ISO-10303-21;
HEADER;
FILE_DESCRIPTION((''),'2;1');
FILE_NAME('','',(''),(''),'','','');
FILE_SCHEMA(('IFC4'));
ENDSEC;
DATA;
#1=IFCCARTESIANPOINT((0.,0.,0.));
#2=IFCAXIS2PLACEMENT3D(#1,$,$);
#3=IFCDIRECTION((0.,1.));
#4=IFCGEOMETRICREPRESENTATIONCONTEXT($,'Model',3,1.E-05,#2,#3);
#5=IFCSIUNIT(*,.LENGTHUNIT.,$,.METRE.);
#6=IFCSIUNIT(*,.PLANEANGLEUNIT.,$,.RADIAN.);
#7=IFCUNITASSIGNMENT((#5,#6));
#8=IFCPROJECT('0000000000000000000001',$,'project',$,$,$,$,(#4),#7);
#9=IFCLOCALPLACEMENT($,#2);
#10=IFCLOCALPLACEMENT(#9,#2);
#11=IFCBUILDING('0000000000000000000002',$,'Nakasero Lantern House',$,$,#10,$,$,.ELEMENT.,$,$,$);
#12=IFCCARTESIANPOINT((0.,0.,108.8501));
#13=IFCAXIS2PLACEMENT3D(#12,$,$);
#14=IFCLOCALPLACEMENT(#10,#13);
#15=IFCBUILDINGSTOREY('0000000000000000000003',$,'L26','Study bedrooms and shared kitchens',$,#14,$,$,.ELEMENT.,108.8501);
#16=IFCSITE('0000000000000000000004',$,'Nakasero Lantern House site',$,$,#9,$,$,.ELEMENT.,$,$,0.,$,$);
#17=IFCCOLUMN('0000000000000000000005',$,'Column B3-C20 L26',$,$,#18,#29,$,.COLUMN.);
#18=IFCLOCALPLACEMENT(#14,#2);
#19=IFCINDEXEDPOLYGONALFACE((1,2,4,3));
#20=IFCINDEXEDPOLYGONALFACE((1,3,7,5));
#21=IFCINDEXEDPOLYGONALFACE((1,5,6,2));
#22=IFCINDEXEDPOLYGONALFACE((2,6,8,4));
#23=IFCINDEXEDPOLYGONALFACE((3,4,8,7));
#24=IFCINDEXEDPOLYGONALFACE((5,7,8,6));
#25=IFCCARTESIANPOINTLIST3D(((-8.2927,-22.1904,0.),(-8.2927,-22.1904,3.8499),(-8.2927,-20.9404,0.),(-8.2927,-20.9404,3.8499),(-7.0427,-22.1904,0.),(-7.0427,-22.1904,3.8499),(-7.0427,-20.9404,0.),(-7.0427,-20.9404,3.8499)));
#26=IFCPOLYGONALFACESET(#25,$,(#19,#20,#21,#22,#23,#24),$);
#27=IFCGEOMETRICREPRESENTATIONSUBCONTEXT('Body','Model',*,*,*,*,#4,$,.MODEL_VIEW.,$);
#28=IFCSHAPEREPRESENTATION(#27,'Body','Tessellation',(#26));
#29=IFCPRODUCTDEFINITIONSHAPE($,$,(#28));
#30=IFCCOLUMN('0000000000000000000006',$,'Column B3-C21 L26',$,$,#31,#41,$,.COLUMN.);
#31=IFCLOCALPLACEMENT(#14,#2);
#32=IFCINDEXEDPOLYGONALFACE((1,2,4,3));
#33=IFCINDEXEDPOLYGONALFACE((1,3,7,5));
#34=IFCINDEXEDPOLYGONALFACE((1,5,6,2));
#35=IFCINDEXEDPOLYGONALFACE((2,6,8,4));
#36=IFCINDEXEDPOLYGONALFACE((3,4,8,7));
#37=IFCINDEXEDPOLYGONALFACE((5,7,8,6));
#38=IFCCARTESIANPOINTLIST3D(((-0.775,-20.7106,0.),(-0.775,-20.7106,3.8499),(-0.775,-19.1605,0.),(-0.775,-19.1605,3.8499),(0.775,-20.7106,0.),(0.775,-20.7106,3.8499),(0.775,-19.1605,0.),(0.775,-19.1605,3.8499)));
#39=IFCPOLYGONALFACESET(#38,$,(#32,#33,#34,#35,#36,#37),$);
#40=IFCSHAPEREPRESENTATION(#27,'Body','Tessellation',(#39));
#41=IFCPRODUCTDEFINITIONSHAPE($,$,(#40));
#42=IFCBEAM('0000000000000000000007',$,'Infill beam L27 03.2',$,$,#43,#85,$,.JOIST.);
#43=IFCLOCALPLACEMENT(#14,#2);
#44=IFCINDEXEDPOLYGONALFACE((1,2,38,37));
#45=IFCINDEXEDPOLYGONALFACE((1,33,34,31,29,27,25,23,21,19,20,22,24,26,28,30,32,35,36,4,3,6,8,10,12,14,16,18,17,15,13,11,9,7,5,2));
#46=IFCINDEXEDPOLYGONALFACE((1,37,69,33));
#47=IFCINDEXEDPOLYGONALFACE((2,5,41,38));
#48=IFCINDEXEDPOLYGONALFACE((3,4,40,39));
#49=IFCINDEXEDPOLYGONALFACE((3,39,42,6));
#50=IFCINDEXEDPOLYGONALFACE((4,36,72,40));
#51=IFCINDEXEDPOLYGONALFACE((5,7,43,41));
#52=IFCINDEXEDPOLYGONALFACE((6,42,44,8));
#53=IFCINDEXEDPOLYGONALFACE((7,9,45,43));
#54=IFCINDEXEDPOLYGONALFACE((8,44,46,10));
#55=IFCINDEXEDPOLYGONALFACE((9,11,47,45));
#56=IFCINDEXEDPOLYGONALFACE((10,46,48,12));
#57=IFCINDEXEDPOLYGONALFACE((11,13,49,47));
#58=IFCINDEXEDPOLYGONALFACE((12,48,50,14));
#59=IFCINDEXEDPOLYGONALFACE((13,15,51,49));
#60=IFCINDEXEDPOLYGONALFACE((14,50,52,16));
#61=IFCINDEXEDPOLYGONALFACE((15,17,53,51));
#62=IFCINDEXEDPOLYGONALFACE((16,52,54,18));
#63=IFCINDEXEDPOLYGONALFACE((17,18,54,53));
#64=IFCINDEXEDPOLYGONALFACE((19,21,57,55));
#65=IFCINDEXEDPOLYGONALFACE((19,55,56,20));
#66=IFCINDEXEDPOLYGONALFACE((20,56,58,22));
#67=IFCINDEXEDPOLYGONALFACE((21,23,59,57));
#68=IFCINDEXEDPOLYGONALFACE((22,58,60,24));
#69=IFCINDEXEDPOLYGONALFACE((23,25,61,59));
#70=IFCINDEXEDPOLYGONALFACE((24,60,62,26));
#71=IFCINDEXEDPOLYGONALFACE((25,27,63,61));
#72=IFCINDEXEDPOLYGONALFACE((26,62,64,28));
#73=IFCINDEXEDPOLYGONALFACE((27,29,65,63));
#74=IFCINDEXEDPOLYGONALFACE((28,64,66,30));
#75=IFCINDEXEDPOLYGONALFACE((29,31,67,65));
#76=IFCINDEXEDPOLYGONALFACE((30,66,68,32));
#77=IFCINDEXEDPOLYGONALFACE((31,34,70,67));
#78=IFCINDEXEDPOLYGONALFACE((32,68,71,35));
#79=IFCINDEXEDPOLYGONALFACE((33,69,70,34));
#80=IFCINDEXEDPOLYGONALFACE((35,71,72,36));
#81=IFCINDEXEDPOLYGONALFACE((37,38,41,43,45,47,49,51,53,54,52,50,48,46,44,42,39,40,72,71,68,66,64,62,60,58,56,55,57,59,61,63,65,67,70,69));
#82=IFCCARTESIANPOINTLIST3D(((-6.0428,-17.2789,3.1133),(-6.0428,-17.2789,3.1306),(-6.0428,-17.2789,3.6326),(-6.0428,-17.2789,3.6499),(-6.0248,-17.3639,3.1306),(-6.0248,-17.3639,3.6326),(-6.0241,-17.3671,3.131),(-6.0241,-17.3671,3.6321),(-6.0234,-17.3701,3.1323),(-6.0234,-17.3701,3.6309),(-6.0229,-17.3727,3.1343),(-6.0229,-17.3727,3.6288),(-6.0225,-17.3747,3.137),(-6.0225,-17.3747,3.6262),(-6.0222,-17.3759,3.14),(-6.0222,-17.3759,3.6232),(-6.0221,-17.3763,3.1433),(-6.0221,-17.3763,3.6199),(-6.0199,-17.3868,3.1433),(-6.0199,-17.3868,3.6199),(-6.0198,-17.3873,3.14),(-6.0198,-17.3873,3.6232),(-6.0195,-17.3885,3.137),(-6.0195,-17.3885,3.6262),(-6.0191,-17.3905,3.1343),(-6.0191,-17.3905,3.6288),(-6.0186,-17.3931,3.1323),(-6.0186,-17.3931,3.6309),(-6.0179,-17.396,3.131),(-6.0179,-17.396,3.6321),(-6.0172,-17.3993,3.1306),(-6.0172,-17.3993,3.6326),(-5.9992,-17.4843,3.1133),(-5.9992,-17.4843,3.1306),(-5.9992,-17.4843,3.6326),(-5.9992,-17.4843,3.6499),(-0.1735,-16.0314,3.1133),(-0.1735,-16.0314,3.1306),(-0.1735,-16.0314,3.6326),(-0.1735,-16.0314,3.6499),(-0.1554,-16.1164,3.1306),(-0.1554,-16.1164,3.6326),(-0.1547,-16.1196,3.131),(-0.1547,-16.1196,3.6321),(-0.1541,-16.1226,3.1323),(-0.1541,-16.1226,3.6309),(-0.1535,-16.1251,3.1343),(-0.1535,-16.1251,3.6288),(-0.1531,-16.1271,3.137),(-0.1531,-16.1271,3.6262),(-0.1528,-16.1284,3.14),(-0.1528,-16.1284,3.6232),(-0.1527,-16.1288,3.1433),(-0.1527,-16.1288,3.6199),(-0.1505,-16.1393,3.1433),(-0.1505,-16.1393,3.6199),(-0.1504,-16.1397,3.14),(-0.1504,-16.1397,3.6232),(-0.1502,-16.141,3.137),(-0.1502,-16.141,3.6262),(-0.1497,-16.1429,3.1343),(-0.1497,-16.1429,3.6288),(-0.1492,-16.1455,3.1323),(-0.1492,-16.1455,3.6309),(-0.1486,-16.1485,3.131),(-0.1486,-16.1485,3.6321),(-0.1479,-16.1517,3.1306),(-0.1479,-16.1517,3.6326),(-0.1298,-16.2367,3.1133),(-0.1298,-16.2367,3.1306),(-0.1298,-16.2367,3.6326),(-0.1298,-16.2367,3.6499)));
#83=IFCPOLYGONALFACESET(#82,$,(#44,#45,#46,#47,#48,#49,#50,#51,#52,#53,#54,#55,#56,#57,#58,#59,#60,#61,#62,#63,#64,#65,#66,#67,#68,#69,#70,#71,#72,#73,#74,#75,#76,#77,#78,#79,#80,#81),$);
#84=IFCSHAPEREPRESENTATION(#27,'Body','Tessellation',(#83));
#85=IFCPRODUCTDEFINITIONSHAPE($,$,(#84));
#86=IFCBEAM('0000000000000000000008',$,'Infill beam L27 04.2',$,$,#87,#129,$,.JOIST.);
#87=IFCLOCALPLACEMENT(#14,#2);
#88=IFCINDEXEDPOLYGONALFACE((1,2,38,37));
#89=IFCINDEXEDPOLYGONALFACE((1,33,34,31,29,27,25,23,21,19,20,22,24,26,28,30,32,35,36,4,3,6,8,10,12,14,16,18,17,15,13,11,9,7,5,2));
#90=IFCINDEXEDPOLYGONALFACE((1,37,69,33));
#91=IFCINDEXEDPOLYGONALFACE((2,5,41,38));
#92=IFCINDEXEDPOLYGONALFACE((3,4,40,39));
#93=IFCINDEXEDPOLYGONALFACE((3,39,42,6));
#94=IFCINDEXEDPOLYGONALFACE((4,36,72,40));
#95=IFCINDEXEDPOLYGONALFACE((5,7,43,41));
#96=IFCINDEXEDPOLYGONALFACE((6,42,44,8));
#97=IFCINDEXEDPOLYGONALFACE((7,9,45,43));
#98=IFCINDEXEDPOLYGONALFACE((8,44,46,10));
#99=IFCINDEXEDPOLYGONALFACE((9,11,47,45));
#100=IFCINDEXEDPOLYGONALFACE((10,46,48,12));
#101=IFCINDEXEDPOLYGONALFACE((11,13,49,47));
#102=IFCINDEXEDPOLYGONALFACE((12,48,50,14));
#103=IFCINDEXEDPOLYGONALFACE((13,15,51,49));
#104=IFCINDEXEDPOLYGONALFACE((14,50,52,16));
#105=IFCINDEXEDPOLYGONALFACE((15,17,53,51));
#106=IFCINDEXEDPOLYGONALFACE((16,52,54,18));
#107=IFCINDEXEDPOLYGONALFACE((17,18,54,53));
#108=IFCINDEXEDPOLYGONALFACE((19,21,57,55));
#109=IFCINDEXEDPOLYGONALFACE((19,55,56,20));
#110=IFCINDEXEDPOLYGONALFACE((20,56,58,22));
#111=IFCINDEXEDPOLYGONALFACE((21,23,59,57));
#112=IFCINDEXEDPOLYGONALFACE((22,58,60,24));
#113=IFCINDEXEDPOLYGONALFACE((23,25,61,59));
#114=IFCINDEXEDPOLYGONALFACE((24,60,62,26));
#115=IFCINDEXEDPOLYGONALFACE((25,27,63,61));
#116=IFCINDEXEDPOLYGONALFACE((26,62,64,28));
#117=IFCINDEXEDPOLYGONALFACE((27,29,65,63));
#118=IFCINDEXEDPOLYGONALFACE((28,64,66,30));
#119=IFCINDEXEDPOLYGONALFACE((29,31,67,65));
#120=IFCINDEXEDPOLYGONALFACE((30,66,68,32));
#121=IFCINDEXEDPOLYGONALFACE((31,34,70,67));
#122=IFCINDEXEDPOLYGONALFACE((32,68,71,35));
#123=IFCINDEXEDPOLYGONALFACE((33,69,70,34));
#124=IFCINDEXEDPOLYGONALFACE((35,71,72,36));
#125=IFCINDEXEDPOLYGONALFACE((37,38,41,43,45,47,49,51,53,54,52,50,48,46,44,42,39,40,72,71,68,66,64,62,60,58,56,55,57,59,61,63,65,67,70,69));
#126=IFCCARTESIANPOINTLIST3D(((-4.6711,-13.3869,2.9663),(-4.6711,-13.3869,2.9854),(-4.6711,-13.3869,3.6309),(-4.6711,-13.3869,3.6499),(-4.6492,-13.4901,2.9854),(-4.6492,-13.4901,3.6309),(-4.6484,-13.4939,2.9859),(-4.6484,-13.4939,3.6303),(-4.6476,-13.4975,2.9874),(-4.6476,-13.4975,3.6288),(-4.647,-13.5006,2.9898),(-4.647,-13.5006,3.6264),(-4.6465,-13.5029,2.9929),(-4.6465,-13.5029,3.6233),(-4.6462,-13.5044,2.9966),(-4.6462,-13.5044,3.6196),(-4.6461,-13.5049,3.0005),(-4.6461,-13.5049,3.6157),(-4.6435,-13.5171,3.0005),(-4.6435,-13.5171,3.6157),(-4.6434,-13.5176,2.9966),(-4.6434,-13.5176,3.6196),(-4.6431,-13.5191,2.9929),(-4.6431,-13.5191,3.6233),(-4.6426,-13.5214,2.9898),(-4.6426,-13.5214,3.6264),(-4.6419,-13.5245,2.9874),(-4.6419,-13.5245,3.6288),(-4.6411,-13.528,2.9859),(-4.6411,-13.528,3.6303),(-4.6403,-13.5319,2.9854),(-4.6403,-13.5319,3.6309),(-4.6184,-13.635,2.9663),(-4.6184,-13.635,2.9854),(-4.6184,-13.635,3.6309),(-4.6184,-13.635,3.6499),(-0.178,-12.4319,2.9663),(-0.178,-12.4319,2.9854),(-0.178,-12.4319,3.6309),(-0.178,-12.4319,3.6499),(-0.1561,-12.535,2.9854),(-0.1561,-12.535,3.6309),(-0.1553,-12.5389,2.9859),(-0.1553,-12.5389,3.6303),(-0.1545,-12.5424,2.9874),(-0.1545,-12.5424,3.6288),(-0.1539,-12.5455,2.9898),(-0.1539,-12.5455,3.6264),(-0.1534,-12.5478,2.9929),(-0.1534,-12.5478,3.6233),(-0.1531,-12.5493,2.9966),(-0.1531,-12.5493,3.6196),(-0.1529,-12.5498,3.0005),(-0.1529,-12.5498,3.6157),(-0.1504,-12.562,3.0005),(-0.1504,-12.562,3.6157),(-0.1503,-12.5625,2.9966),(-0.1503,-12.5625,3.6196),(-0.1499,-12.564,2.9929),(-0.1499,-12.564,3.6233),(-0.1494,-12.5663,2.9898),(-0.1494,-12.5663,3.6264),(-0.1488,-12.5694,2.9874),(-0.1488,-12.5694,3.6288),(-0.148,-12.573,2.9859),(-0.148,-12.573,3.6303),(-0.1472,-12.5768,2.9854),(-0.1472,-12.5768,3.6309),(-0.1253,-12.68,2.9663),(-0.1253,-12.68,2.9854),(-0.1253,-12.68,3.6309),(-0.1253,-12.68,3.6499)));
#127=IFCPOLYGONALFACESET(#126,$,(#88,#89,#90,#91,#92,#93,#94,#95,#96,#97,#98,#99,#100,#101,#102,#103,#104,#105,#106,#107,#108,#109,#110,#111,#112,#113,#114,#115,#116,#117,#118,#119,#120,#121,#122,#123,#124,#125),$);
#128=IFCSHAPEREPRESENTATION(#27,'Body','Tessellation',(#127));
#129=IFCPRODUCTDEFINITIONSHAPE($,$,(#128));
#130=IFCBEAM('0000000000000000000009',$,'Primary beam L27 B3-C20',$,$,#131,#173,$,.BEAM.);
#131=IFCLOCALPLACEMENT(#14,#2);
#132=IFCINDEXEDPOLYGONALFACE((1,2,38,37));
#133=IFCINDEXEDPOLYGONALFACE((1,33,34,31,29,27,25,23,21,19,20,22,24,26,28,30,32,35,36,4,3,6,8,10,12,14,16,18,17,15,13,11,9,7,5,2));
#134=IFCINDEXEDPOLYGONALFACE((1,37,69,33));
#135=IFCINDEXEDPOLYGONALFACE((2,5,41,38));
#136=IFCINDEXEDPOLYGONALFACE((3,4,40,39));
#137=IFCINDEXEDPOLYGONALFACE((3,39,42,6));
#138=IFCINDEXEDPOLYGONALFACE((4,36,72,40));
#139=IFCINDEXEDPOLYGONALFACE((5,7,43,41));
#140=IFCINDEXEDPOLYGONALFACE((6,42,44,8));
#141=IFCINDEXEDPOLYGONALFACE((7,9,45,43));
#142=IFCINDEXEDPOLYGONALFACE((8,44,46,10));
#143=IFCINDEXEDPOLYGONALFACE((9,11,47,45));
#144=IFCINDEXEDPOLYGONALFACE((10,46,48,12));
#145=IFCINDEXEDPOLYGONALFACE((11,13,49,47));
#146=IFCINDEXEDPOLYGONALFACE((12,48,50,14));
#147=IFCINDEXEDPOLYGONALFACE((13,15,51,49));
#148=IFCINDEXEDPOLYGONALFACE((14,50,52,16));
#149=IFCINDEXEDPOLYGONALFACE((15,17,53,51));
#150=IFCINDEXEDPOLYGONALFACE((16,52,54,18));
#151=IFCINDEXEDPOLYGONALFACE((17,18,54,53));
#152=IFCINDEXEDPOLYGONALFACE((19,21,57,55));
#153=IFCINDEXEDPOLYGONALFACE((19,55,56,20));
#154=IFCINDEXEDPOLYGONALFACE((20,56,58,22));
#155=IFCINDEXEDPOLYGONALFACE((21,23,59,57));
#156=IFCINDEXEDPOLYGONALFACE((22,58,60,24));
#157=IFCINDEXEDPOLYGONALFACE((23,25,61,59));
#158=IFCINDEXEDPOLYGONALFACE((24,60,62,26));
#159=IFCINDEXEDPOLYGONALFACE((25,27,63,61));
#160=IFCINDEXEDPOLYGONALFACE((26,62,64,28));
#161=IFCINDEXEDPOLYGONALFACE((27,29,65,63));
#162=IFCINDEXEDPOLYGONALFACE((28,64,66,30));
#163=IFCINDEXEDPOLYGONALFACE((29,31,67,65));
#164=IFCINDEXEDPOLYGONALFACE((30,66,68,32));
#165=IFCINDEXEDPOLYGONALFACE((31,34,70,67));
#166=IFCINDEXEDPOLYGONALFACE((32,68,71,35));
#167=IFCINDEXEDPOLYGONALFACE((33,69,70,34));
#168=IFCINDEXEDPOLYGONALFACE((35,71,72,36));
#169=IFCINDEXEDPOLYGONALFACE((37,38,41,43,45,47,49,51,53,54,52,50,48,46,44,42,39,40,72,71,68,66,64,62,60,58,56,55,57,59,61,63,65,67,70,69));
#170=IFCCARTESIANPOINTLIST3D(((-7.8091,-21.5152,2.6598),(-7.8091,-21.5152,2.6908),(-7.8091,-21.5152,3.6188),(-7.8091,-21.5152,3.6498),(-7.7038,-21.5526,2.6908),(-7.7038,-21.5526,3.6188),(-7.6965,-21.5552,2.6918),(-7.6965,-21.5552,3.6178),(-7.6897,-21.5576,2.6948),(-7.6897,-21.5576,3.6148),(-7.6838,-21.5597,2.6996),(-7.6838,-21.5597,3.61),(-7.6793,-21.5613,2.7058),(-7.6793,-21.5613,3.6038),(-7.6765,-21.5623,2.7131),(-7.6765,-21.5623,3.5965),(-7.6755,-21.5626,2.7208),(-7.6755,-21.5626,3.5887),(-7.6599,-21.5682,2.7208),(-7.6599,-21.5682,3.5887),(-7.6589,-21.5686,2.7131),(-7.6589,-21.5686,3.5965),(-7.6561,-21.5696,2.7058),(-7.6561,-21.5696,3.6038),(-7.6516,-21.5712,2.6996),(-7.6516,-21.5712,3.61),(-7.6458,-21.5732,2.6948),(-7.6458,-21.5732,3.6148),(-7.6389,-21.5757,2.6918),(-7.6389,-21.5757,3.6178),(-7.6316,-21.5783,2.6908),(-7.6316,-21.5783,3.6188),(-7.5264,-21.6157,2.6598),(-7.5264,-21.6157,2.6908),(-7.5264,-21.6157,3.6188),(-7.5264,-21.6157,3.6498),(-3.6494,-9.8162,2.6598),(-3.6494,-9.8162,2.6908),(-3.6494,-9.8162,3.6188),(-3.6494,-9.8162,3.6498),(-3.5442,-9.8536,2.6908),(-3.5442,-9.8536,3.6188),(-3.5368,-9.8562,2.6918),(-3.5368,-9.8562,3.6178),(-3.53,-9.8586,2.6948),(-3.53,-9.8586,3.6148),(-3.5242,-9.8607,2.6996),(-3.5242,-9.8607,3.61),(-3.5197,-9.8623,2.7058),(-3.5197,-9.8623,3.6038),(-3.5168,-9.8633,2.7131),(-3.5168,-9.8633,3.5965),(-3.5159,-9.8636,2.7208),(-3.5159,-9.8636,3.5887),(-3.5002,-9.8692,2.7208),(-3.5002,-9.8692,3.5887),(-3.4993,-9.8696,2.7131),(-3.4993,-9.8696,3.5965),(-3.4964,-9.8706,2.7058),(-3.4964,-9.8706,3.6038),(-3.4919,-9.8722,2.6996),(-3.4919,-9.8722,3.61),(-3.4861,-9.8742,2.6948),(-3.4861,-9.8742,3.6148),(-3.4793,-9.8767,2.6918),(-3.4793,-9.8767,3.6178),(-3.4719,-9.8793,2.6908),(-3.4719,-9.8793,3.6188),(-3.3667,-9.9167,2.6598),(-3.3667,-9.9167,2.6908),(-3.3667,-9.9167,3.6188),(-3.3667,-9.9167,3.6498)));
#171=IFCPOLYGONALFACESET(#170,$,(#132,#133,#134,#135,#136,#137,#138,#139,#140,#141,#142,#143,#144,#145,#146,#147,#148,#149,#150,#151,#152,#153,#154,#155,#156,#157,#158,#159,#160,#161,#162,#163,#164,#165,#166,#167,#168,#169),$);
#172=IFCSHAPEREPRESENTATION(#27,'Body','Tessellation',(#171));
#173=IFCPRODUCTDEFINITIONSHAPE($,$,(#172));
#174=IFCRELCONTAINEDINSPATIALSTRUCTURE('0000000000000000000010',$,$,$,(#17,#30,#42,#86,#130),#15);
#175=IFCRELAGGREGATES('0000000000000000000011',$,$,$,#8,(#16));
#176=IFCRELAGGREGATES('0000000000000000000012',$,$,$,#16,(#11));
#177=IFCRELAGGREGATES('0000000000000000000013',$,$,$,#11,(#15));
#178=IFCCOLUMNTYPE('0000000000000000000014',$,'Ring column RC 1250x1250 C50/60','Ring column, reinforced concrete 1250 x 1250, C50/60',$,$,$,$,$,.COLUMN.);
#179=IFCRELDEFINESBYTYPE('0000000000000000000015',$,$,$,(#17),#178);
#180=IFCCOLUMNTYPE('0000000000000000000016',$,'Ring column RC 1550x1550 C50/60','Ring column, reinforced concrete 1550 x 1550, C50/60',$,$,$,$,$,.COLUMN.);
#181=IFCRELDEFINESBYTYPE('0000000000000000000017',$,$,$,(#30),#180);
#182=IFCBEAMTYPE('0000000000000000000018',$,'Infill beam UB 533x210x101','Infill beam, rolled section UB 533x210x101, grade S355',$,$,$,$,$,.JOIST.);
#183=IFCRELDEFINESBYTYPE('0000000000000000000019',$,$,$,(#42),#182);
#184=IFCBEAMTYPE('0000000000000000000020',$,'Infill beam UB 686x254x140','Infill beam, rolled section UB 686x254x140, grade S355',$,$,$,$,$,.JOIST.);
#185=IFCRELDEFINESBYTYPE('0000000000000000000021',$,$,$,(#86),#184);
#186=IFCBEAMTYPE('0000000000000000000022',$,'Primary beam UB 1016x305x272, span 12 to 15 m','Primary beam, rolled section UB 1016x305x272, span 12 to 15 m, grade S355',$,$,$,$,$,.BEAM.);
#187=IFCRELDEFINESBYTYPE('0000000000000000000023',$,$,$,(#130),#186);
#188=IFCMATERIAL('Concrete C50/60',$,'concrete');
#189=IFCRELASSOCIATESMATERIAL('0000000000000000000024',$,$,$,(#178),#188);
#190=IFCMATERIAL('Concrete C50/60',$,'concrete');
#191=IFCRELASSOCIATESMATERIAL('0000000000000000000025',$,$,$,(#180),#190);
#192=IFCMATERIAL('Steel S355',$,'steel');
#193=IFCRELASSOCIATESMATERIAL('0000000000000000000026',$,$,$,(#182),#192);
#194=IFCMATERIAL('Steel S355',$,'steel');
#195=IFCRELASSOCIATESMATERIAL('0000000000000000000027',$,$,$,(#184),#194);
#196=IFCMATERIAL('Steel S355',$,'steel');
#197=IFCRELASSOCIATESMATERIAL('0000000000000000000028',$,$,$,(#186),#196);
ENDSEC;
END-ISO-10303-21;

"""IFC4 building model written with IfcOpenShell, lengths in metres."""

from ifc_helpers import new_model, si_unit, direction, frame, origin, origin_2d, place, context, subcontext, project, spatial, rectangle, i_section, extrude, material, material_profile, profile_set, type_object, element, save


model = new_model("IFC4")

# Units and contexts
model_context = context("Model", 3, precision=1e-05, world=origin(), true_north=direction((0.0, 1.0)))
body_context = subcontext(model_context, "Body", "Model", "MODEL_VIEW")
ifc_project = project(units=[si_unit("LENGTHUNIT", "METRE"), si_unit("PLANEANGLEUNIT", "RADIAN")], contexts=[model_context])

# Site, building, storey
site_placement = place(None, origin())
site = spatial("IfcSite", under=ifc_project, at=site_placement, Name="Nakasero Lantern House site", CompositionType="ELEMENT", RefElevation=0.0)
building_placement = place(site_placement, origin())
building = spatial("IfcBuilding", under=site, at=building_placement, Name="Nakasero Lantern House", CompositionType="ELEMENT")
storey_placement = place(building_placement, frame((0.0, 0.0, 108.8501)))
storey = spatial("IfcBuildingStorey", under=building, at=storey_placement, Name="L26", Description="Study bedrooms and shared kitchens", CompositionType="ELEMENT", Elevation=108.8501)

# Columns
ifc_material_1 = material(Name="Concrete C50/60", Category="concrete")
ifc_material_profile_1 = material_profile(ifc_material_1, rectangle(XDim=1.25, YDim=1.25, at=origin_2d()), Name="RC 1250x1250")
ifc_profile_set_1 = profile_set([ifc_material_profile_1], Name="Concrete C50/60")
column_type_1 = type_object("IfcColumnType", Name="Ring column RC 1250x1250 C50/60", Description="Ring column, reinforced concrete 1250 x 1250, C50/60", PredefinedType="COLUMN", material=ifc_profile_set_1)
column_1_placement = place(storey_placement, frame((-7.6677, -21.5654, 0.0), z_axis=(0.0, 0.0, 1.0), x_axis=(1.0, 0.0, 0.0)))
element("IfcColumn", 1, at=column_1_placement, inside=storey, type_object=column_type_1, Name="Column B3-C20 L26", PredefinedType="COLUMN", context=body_context, shape_type="SweptSolid", body=[
    extrude(rectangle(XDim=1.25, YDim=1.25, at=origin_2d()), origin(), (0.0, 0.0, 1.0), 3.8499),
])
ifc_material_2 = material(Name="Concrete C50/60", Category="concrete")
ifc_material_profile_2 = material_profile(ifc_material_2, rectangle(XDim=1.55, YDim=1.55, at=origin_2d()), Name="RC 1550x1550")
ifc_profile_set_2 = profile_set([ifc_material_profile_2], Name="Concrete C50/60")
column_type_2 = type_object("IfcColumnType", Name="Ring column RC 1550x1550 C50/60", Description="Ring column, reinforced concrete 1550 x 1550, C50/60", PredefinedType="COLUMN", material=ifc_profile_set_2)
column_2_placement = place(storey_placement, frame((0.0, -19.9355, 0.0), z_axis=(0.0, 0.0, 1.0), x_axis=(1.0, 0.0, 0.0)))
element("IfcColumn", 2, at=column_2_placement, inside=storey, type_object=column_type_2, Name="Column B3-C21 L26", PredefinedType="COLUMN", context=body_context, shape_type="SweptSolid", body=[
    extrude(rectangle(XDim=1.55, YDim=1.55, at=origin_2d()), origin(), (0.0, 0.0, 1.0), 3.8499),
])

# Beams
ifc_material_3 = material(Name="Steel S355", Category="steel")
ifc_material_profile_3 = material_profile(ifc_material_3, i_section(OverallWidth=0.21, OverallDepth=0.5366, WebThickness=0.0107, FlangeThickness=0.0173, FilletRadius=0.0127, at=origin_2d()), Name="UB 533x210x101")
ifc_profile_set_3 = profile_set([ifc_material_profile_3], Name="Steel S355")
beam_type_1 = type_object("IfcBeamType", Name="Infill beam UB 533x210x101", Description="Infill beam, rolled section UB 533x210x101, grade S355", PredefinedType="JOIST", material=ifc_profile_set_3)
beam_1_placement = place(storey_placement, frame((-6.021, -17.3816, 3.3816), z_axis=(0.978148, 0.207909, 0.0), x_axis=(-0.207909, 0.978148, 0.0)))
element("IfcBeam", 3, at=beam_1_placement, inside=storey, type_object=beam_type_1, Name="Infill beam L27 03.2", PredefinedType="JOIST", context=body_context, shape_type="SweptSolid", body=[
    extrude(i_section(OverallWidth=0.21, OverallDepth=0.5366, WebThickness=0.0107, FlangeThickness=0.0173, FilletRadius=0.0127, at=origin_2d()), origin(), (0.0, 0.0, 1.0), 6.0005),
])
ifc_material_4 = material(Name="Steel S355", Category="steel")
ifc_material_profile_4 = material_profile(ifc_material_4, i_section(OverallWidth=0.2537, OverallDepth=0.6836, WebThickness=0.0125, FlangeThickness=0.019, FilletRadius=0.0151, at=origin_2d()), Name="UB 686x254x140")
ifc_profile_set_4 = profile_set([ifc_material_profile_4], Name="Steel S355")
beam_type_2 = type_object("IfcBeamType", Name="Infill beam UB 686x254x140", Description="Infill beam, rolled section UB 686x254x140, grade S355", PredefinedType="JOIST", material=ifc_profile_set_4)
beam_2_placement = place(storey_placement, frame((-4.6448, -13.511, 3.3081), z_axis=(0.978146, 0.207917, 0.0), x_axis=(-0.207917, 0.978146, 0.0)))
element("IfcBeam", 4, at=beam_2_placement, inside=storey, type_object=beam_type_2, Name="Infill beam L27 04.2", PredefinedType="JOIST", context=body_context, shape_type="SweptSolid", body=[
    extrude(i_section(OverallWidth=0.2537, OverallDepth=0.6836, WebThickness=0.0125, FlangeThickness=0.019, FilletRadius=0.0151, at=origin_2d()), origin(), (0.0, 0.0, 1.0), 4.5935),
])
ifc_material_5 = material(Name="Steel S355", Category="steel")
ifc_material_profile_5 = material_profile(ifc_material_5, i_section(OverallWidth=0.3, OverallDepth=0.99, WebThickness=0.0166, FlangeThickness=0.031, FilletRadius=0.03, at=origin_2d()), Name="UB 1016x305x272")
ifc_profile_set_5 = profile_set([ifc_material_profile_5], Name="Steel S355")
beam_type_3 = type_object("IfcBeamType", Name="Primary beam UB 1016x305x272, span 12 to 15 m", Description="Primary beam, rolled section UB 1016x305x272, span 12 to 15 m, grade S355", PredefinedType="BEAM", material=ifc_profile_set_5)
beam_3_placement = place(storey_placement, frame((-7.6677, -21.5654, 3.1548), z_axis=(0.335012, 0.942214, 0.0), x_axis=(-0.942214, 0.335012, 0.0)))
element("IfcBeam", 5, at=beam_3_placement, inside=storey, type_object=beam_type_3, Name="Primary beam L27 B3-C20", PredefinedType="BEAM", context=body_context, shape_type="SweptSolid", body=[
    extrude(i_section(OverallWidth=0.3, OverallDepth=0.99, WebThickness=0.0166, FlangeThickness=0.031, FilletRadius=0.03, at=origin_2d()), origin(), (0.0, 0.0, 1.0), 12.4165),
])

save(model, "model.ifc")
